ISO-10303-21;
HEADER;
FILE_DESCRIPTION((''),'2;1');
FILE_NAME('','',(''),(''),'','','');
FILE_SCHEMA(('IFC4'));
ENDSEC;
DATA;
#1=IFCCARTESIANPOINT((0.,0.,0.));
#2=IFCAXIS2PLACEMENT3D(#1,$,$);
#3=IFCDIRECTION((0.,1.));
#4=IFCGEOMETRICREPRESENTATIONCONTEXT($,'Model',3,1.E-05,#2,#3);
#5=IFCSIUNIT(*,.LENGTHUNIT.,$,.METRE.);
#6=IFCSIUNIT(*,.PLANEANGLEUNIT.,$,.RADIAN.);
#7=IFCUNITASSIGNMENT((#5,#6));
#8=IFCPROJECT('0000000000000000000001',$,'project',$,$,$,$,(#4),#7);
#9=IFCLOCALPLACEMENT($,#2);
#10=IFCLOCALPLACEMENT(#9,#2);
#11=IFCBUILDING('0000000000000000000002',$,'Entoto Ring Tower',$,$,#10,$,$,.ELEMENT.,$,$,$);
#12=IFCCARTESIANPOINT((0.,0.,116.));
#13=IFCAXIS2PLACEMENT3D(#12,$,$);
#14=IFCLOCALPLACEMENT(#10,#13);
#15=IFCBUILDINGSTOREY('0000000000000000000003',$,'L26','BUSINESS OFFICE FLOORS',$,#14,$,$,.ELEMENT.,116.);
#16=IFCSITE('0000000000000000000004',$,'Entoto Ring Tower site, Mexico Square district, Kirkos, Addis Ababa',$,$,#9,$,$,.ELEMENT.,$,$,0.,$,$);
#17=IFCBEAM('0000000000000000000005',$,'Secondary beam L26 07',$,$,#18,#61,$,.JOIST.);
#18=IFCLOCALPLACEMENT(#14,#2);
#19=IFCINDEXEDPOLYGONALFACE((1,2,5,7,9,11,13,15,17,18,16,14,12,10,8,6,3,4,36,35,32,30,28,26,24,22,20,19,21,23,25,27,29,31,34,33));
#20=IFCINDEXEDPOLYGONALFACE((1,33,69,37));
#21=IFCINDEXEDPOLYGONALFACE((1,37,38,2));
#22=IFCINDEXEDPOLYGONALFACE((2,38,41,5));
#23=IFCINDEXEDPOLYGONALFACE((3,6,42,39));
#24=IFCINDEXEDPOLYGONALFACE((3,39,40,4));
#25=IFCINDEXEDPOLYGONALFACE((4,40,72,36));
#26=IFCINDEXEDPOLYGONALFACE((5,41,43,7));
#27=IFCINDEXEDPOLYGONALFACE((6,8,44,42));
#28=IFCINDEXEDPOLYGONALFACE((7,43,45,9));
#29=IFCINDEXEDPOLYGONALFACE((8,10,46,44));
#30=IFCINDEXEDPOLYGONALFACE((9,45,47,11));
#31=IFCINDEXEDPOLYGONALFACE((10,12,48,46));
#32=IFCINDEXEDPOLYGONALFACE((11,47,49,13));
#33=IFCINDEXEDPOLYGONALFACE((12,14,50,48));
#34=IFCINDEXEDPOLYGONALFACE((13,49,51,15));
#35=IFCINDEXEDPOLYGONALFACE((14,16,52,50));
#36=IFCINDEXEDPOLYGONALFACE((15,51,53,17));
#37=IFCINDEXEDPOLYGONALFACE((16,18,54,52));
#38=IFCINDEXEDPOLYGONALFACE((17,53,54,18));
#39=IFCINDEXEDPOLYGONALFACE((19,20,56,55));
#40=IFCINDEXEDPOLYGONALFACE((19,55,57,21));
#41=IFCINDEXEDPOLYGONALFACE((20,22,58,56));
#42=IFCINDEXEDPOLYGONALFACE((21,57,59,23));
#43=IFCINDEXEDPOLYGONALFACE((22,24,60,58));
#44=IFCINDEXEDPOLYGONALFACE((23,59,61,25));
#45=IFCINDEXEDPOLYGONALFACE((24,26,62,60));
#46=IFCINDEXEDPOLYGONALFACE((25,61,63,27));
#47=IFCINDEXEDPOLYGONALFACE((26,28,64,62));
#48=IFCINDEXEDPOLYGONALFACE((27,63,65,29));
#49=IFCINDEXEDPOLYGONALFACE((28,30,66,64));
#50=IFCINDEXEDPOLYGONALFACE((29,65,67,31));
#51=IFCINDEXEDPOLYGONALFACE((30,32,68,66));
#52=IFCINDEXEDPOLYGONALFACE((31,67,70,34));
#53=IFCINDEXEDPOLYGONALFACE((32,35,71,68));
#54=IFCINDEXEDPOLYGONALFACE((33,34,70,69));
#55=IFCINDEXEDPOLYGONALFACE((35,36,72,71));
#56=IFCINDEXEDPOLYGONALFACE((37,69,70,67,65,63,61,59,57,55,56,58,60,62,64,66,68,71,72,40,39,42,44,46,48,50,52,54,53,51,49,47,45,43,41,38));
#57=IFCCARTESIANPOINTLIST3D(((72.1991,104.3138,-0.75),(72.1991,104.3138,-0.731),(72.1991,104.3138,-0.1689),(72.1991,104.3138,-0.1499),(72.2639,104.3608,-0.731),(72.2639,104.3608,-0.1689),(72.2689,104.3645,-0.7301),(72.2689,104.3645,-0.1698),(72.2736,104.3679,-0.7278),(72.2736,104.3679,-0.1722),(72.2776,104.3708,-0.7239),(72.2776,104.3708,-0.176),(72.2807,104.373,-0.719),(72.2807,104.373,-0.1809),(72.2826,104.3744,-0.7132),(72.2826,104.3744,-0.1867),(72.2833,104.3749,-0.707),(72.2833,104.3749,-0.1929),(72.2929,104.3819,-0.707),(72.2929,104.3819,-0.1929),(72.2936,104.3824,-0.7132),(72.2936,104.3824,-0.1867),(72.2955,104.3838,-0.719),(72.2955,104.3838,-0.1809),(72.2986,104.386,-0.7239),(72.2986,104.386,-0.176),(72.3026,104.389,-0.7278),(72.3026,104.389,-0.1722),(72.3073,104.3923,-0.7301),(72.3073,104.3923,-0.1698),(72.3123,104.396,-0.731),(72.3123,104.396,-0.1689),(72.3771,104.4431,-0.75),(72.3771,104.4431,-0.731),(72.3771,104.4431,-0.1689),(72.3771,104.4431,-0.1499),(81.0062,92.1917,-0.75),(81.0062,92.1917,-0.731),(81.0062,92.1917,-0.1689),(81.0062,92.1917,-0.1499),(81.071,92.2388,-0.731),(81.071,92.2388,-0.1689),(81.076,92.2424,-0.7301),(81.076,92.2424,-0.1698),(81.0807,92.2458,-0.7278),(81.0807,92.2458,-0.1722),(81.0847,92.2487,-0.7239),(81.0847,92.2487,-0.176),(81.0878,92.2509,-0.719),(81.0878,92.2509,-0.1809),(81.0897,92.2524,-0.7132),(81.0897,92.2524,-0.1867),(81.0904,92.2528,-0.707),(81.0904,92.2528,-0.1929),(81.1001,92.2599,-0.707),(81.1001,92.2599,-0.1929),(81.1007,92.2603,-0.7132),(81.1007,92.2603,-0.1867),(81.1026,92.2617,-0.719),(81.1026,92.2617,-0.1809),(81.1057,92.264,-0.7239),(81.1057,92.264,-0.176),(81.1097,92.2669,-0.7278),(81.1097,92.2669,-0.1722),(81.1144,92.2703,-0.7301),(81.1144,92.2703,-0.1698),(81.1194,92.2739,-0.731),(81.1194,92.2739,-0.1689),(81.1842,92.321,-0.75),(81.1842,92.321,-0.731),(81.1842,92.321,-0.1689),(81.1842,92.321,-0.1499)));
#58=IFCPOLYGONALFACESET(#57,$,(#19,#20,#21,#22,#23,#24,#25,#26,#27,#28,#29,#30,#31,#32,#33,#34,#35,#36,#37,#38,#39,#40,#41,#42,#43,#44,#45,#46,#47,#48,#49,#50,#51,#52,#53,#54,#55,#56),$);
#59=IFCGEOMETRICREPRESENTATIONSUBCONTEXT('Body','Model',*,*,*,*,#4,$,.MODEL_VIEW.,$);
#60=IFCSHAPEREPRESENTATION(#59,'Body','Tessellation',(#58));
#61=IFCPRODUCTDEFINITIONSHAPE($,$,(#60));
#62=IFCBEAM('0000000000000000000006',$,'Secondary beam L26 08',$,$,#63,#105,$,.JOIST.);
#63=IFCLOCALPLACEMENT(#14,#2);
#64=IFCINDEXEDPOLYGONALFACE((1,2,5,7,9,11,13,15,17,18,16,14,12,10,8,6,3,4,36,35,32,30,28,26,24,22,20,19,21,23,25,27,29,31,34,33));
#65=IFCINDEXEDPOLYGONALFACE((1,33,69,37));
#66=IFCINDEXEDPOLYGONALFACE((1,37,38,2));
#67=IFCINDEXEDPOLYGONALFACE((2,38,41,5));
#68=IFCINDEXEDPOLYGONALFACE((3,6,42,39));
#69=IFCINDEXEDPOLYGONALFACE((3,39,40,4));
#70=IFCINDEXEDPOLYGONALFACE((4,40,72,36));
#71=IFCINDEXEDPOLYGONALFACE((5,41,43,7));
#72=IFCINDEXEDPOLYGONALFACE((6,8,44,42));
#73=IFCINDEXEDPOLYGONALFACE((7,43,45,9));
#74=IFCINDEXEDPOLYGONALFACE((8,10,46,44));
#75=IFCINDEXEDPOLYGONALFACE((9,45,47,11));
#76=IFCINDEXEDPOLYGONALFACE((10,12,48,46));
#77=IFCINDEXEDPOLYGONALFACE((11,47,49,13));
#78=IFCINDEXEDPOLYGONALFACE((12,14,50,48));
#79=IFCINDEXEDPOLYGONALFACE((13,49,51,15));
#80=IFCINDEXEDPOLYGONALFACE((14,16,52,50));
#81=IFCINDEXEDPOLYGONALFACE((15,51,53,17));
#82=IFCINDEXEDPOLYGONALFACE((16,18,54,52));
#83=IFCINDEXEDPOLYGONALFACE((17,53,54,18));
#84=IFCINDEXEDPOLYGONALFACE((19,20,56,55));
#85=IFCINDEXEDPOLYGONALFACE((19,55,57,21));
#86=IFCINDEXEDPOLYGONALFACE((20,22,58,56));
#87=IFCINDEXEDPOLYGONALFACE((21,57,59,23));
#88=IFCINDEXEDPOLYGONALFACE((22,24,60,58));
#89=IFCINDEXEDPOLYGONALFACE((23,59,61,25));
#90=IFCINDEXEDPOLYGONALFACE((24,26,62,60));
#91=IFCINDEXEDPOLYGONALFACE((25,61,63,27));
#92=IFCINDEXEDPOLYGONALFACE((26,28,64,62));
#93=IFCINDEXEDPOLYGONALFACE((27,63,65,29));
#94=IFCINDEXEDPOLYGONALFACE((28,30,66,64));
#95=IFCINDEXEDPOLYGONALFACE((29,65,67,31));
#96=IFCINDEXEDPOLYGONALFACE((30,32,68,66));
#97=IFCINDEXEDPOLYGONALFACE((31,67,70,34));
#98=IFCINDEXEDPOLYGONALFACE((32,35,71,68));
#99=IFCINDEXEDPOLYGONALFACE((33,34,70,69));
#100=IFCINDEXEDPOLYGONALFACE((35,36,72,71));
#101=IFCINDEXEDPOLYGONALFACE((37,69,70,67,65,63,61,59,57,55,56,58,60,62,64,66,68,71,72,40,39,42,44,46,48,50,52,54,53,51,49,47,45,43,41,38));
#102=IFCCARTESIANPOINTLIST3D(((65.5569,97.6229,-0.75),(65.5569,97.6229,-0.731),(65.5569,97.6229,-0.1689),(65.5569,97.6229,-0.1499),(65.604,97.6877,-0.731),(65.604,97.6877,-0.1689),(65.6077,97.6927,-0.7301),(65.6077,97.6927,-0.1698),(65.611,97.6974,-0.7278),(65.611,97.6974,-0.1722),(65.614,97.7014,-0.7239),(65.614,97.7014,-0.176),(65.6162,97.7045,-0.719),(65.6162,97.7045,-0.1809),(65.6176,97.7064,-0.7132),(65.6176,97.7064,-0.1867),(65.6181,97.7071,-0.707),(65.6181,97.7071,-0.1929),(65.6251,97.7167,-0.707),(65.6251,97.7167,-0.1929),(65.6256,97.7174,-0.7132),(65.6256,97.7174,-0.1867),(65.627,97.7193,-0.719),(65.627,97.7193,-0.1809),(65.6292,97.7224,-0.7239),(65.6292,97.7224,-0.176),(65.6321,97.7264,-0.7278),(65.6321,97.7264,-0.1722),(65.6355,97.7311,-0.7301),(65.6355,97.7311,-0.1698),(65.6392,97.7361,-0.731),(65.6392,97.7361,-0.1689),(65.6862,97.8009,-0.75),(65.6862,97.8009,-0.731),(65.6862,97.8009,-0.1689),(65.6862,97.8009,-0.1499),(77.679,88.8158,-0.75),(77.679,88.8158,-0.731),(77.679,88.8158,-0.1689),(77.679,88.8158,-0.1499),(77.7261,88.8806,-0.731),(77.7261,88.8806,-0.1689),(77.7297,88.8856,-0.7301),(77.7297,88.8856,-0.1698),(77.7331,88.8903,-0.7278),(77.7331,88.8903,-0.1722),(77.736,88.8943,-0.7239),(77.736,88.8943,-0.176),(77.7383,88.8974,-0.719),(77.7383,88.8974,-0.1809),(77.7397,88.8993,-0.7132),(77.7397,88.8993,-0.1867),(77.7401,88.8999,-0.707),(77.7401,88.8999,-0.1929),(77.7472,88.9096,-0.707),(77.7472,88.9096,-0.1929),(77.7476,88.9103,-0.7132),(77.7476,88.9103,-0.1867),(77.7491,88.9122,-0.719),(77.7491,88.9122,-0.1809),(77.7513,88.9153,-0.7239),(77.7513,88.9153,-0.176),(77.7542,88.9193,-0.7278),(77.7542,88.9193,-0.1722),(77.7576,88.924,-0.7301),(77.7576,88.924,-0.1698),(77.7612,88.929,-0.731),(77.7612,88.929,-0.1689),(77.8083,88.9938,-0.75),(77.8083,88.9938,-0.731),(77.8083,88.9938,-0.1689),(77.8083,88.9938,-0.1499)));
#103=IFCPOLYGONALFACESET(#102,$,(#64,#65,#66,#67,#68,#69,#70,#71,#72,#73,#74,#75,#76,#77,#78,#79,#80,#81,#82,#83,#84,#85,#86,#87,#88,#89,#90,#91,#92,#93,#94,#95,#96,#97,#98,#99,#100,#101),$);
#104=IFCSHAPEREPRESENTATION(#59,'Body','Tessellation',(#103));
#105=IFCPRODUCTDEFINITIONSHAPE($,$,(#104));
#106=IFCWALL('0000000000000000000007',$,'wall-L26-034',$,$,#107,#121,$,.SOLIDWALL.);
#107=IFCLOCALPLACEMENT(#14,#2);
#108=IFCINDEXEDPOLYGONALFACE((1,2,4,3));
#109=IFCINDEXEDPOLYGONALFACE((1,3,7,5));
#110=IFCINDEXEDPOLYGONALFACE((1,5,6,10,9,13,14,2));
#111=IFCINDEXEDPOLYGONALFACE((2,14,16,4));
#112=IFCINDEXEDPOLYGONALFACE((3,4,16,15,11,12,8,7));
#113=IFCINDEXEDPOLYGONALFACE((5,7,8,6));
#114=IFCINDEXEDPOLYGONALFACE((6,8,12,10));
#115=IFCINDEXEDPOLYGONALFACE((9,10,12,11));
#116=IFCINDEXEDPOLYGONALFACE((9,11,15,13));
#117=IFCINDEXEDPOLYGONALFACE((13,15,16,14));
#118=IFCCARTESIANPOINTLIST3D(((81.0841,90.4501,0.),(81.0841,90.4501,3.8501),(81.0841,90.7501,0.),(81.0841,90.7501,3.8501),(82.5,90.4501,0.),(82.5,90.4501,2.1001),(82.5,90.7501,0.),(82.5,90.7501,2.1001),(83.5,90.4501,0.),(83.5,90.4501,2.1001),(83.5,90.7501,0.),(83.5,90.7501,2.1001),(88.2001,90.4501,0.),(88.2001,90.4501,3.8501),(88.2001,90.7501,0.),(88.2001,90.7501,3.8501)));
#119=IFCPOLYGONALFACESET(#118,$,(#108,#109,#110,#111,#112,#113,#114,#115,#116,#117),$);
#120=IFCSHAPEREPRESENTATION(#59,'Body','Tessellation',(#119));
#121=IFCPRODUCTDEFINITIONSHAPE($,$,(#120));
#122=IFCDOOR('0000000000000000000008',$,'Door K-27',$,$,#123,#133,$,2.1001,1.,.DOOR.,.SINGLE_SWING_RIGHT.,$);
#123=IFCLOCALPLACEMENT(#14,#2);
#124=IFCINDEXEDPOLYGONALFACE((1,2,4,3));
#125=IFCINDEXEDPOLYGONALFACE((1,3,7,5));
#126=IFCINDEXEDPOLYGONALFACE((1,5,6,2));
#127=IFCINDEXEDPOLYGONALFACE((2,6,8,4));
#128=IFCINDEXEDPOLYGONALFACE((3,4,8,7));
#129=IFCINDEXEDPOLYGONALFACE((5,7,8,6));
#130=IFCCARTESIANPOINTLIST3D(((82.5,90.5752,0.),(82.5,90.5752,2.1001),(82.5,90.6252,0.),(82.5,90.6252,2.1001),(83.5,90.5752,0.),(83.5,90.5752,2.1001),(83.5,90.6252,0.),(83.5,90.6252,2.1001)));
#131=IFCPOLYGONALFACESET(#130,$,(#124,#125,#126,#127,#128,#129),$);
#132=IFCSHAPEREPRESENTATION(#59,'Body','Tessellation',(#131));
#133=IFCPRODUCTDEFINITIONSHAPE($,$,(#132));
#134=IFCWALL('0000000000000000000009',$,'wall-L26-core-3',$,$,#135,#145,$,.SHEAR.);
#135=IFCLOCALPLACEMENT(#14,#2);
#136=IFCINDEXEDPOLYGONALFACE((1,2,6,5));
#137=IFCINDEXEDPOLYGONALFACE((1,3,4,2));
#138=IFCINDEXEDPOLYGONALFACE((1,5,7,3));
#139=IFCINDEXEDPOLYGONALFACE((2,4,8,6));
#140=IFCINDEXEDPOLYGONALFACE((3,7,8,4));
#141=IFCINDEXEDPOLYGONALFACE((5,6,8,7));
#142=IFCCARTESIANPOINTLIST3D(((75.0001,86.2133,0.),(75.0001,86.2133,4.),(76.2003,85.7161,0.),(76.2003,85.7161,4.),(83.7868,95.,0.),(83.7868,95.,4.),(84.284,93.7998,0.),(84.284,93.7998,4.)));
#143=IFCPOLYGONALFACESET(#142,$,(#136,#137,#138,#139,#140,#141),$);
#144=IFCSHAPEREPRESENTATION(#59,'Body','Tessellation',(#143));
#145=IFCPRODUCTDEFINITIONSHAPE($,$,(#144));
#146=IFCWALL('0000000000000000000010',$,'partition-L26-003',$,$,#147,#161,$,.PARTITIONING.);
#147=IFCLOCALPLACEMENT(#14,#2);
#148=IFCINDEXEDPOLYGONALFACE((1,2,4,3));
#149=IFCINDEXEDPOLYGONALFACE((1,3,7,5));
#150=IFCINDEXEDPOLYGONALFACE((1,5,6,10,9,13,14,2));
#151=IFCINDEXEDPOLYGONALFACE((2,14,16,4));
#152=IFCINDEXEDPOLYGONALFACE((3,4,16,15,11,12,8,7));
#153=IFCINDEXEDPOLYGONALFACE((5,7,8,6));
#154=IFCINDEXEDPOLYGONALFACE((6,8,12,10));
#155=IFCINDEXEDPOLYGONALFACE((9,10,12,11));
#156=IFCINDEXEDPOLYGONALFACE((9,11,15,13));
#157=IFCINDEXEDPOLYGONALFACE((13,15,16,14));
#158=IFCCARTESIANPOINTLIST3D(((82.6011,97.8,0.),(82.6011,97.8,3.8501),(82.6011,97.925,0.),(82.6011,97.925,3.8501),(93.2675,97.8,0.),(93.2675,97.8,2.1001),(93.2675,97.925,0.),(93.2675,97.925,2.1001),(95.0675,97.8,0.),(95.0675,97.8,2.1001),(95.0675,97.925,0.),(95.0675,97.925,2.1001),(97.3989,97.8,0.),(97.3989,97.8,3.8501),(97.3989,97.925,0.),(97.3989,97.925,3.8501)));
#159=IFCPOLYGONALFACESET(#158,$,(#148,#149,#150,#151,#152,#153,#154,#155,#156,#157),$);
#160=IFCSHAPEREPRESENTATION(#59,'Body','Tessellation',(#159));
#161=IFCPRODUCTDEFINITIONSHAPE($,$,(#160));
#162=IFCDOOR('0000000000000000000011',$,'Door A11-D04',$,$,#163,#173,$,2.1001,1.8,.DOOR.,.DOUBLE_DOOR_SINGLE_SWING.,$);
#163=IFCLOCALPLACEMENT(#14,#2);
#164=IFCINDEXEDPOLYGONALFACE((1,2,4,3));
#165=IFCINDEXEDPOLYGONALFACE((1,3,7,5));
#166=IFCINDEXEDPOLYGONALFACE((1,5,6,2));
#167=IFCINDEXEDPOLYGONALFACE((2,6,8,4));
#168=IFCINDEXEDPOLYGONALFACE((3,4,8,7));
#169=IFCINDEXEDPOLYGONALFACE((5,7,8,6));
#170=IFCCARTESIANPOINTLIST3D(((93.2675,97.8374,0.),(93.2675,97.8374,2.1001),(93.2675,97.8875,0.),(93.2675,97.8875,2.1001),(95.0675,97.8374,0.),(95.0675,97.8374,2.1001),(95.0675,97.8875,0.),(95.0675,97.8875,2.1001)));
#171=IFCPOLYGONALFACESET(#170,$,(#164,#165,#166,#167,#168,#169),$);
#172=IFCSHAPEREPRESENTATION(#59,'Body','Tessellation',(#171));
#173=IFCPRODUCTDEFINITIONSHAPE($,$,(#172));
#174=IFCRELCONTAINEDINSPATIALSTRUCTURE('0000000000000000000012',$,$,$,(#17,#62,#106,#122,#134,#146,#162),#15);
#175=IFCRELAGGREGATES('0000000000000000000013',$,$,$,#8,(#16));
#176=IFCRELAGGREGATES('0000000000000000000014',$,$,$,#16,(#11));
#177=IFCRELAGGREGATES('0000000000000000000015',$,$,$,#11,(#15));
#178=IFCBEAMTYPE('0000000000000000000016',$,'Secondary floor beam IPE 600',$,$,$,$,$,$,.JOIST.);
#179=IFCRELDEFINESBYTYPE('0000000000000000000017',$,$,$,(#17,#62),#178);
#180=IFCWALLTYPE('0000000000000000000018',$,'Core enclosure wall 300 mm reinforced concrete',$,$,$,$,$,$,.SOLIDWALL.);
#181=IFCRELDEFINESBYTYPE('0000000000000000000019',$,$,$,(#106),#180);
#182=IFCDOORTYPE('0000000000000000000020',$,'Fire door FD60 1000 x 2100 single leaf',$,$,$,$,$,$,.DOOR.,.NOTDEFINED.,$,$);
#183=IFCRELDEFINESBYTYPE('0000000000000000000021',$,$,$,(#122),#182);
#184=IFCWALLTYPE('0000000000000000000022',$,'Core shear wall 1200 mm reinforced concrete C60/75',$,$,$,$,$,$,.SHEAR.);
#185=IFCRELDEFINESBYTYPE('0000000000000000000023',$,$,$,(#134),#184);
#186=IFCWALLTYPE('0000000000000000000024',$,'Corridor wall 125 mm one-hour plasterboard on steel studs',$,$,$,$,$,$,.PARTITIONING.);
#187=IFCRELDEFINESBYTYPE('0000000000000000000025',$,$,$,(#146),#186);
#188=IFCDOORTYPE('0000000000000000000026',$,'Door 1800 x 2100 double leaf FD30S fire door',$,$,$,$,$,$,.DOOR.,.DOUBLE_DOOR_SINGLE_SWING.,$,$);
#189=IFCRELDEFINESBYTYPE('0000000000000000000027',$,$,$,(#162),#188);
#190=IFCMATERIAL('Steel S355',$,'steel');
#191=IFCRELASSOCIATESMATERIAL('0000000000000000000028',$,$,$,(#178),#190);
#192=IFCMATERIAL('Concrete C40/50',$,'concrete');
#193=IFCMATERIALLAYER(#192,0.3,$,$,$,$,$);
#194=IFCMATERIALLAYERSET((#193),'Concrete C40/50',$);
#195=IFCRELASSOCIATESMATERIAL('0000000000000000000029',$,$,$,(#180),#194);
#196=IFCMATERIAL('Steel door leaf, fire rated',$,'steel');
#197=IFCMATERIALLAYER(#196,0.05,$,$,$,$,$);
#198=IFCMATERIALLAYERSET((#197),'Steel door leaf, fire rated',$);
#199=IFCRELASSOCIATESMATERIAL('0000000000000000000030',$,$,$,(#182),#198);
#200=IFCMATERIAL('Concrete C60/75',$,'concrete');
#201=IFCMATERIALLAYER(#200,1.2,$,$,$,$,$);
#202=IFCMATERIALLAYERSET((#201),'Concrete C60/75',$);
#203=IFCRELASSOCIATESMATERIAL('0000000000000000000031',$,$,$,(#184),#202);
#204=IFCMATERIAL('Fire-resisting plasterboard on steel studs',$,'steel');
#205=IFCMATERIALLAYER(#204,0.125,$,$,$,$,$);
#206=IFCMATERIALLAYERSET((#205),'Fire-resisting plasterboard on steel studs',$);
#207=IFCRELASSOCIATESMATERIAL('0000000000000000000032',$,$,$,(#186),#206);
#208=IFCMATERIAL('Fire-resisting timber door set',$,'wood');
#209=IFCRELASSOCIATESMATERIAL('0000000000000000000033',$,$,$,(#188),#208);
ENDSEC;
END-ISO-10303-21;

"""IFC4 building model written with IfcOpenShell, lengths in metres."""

from ifc_helpers import new_model, si_unit, direction, frame, frame_2d, origin, origin_2d, place, context, subcontext, project, spatial, polyline, rectangle, i_section, outline, extrude, material, layer, layer_set, material_profile, profile_set, type_object, element, fill, save


model = new_model("IFC4")

# Units and contexts
model_context = context("Model", 3, precision=1e-05, world=origin(), true_north=direction((0.0, 1.0)))
body_context = subcontext(model_context, "Body", "Model", "MODEL_VIEW")
ifc_project = project(units=[si_unit("LENGTHUNIT", "METRE"), si_unit("PLANEANGLEUNIT", "RADIAN")], contexts=[model_context])

# Site, building, storey
site_placement = place(None, origin())
site = spatial("IfcSite", under=ifc_project, at=site_placement, Name="Entoto Ring Tower site, Mexico Square district, Kirkos, Addis Ababa", CompositionType="ELEMENT", RefElevation=0.0)
building_placement = place(site_placement, origin())
building = spatial("IfcBuilding", under=site, at=building_placement, Name="Entoto Ring Tower", CompositionType="ELEMENT")
storey_placement = place(building_placement, frame((0.0, 0.0, 116.0)))
storey = spatial("IfcBuildingStorey", under=building, at=storey_placement, Name="L26", Description="BUSINESS OFFICE FLOORS", CompositionType="ELEMENT", Elevation=116.0)

# Beams
ifc_material_1 = material(Name="Steel S355", Category="steel")
ifc_material_profile_1 = material_profile(ifc_material_1, i_section(OverallWidth=0.22, OverallDepth=0.6001, WebThickness=0.012, FlangeThickness=0.019, FilletRadius=0.0239, at=origin_2d()), Name="IPE 600")
ifc_profile_set_1 = profile_set([ifc_material_profile_1], Name="Steel S355")
beam_type_1 = type_object("IfcBeamType", Name="Secondary floor beam IPE 600", PredefinedType="JOIST", material=ifc_profile_set_1)
for number, where, z_axis, x_axis, name in (
    (1, (81.0952, 92.2563, -0.45), (-0.587782, 0.809019, 0.0), (-0.809019, -0.587782, 0.0), "Secondary beam L26 07"),
    (2, (77.7437, 88.9048, -0.45), (-0.809019, 0.587782, 0.0), (-0.587782, -0.809019, 0.0), "Secondary beam L26 08"),
):
    element("IfcBeam", number, at=place(storey_placement, frame(where, z_axis=z_axis, x_axis=x_axis)), inside=storey, type_object=beam_type_1, Name=name, PredefinedType="JOIST", context=body_context, shape_type="SweptSolid", body=[
        extrude(i_section(OverallWidth=0.22, OverallDepth=0.6001, WebThickness=0.012, FlangeThickness=0.019, FilletRadius=0.0239, at=origin_2d()), origin(), (0.0, 0.0, 1.0), 14.9836),
    ])

# Wall, opening, door
ifc_material_2 = material(Name="Concrete C40/50", Category="concrete")
ifc_layer_1 = layer(ifc_material_2, 0.3)
ifc_layer_set_1 = layer_set([ifc_layer_1], Name="Concrete C40/50")
wall_type_1 = type_object("IfcWallType", Name="Core enclosure wall 300 mm reinforced concrete", PredefinedType="SOLIDWALL", material=ifc_layer_set_1)
wall_1_placement = place(storey_placement, frame((81.084, 90.6001, 0.0), z_axis=(0.0, 0.0, 1.0), x_axis=(1.0, 0.0, 0.0)))
wall_1 = element("IfcWall", 3, at=wall_1_placement, inside=storey, type_object=wall_type_1, Name="wall-L26-034", PredefinedType="SOLIDWALL", context=body_context, shape_type="SweptSolid", body=[
    extrude(rectangle(XDim=7.116, YDim=0.3, at=frame_2d((3.5581, 0.0))), origin(), (0.0, 0.0, 1.0), 3.8501),
])
opening_1_placement = place(wall_1_placement, frame((1.416, 0.0, 0.0)))
opening_1 = element("IfcOpeningElement", 4, at=opening_1_placement, cuts=wall_1, PredefinedType="OPENING", context=body_context, shape_type="SweptSolid", body=[
    extrude(rectangle(XDim=1.0, YDim=2.1001, at=frame_2d((0.5, 1.05))), frame((0.0, 0.1602, 0.0), z_axis=(0.0, -1.0, 0.0), x_axis=(1.0, 0.0, 0.0)), (0.0, 0.0, 1.0), 0.3201),
])
ifc_material_3 = material(Name="Steel door leaf, fire rated", Category="steel")
ifc_layer_2 = layer(ifc_material_3, 0.05)
ifc_layer_set_2 = layer_set([ifc_layer_2], Name="Steel door leaf, fire rated")
door_type_1 = type_object("IfcDoorType", Name="Fire door FD60 1000 x 2100 single leaf", OperationType="NOTDEFINED", PredefinedType="DOOR", material=ifc_layer_set_2)
door_1_placement = place(opening_1_placement, frame((1.0, 0.0, 0.0), z_axis=(0.0, 0.0, 1.0), x_axis=(-1.0, 0.0, 0.0)))
door_1 = element("IfcDoor", 5, at=door_1_placement, inside=storey, type_object=door_type_1, Name="Door K-27", OperationType="SINGLE_SWING_RIGHT", OverallHeight=2.1001, OverallWidth=1.0, PredefinedType="DOOR", context=body_context, shape_type="SweptSolid", body=[
    extrude(rectangle(XDim=1.0, YDim=2.1001, at=frame_2d((0.5, 1.05))), frame((0.0, 0.0249, 0.0), z_axis=(0.0, -1.0, 0.0), x_axis=(1.0, 0.0, 0.0)), (0.0, 0.0, 1.0), 0.05),
])
fill(opening_1, door_1)

# Wall
ifc_material_4 = material(Name="Concrete C60/75", Category="concrete")
ifc_layer_3 = layer(ifc_material_4, 1.2)
ifc_layer_set_3 = layer_set([ifc_layer_3], Name="Concrete C60/75")
wall_type_2 = type_object("IfcWallType", Name="Core shear wall 1200 mm reinforced concrete C60/75", PredefinedType="SHEAR", material=ifc_layer_set_3)
wall_2_placement = place(storey_placement, frame((84.0354, 94.3999, 0.0), z_axis=(0.0, 0.0, 1.0), x_axis=(-0.707107, -0.707107, 0.0)))
element("IfcWall", 6, at=wall_2_placement, inside=storey, type_object=wall_type_2, Name="wall-L26-core-3", PredefinedType="SHEAR", context=body_context, shape_type="SweptSolid", body=[
    extrude(outline(polyline([(-0.2485, -0.6001), (12.1777, -0.6001), (11.6807, 0.6001), (0.2485, 0.6001), (-0.2485, -0.6001)])), origin(), (0.0, 0.0, 1.0), 4.0),
])

# Wall, opening, door
ifc_material_5 = material(Name="Fire-resisting plasterboard on steel studs", Category="steel")
ifc_layer_4 = layer(ifc_material_5, 0.125)
ifc_layer_set_4 = layer_set([ifc_layer_4], Name="Fire-resisting plasterboard on steel studs")
wall_type_3 = type_object("IfcWallType", Name="Corridor wall 125 mm one-hour plasterboard on steel studs", PredefinedType="PARTITIONING", material=ifc_layer_set_4)
wall_3_placement = place(storey_placement, frame((82.6011, 97.8625, 0.0), z_axis=(0.0, 0.0, 1.0), x_axis=(1.0, 0.0, 0.0)))
wall_3 = element("IfcWall", 7, at=wall_3_placement, inside=storey, type_object=wall_type_3, Name="partition-L26-003", PredefinedType="PARTITIONING", context=body_context, shape_type="SweptSolid", body=[
    extrude(rectangle(XDim=14.7979, YDim=0.125, at=frame_2d((7.3989, 0.0))), origin(), (0.0, 0.0, 1.0), 3.8501),
])
opening_2_placement = place(wall_3_placement, frame((10.6665, 0.0, 0.0)))
opening_2 = element("IfcOpeningElement", 8, at=opening_2_placement, cuts=wall_3, PredefinedType="OPENING", context=body_context, shape_type="SweptSolid", body=[
    extrude(rectangle(XDim=1.8, YDim=2.1001, at=frame_2d((0.8999, 1.05))), frame((0.0, 0.0725, 0.0), z_axis=(0.0, -1.0, 0.0), x_axis=(1.0, 0.0, 0.0)), (0.0, 0.0, 1.0), 0.145),
])
ifc_material_6 = material(Name="Fire-resisting timber door set", Category="wood")
door_type_2 = type_object("IfcDoorType", Name="Door 1800 x 2100 double leaf FD30S fire door", OperationType="DOUBLE_DOOR_SINGLE_SWING", PredefinedType="DOOR", material=ifc_material_6)
door_2_placement = place(opening_2_placement, origin())
door_2 = element("IfcDoor", 9, at=door_2_placement, inside=storey, type_object=door_type_2, Name="Door A11-D04", OperationType="DOUBLE_DOOR_SINGLE_SWING", OverallHeight=2.1001, OverallWidth=1.8, PredefinedType="DOOR", context=body_context, shape_type="SweptSolid", body=[
    extrude(rectangle(XDim=1.8, YDim=2.1001, at=frame_2d((0.8999, 1.05))), frame((0.0, 0.0249, 0.0), z_axis=(0.0, -1.0, 0.0), x_axis=(1.0, 0.0, 0.0)), (0.0, 0.0, 1.0), 0.05),
])
fill(opening_2, door_2)

save(model, "model.ifc")
